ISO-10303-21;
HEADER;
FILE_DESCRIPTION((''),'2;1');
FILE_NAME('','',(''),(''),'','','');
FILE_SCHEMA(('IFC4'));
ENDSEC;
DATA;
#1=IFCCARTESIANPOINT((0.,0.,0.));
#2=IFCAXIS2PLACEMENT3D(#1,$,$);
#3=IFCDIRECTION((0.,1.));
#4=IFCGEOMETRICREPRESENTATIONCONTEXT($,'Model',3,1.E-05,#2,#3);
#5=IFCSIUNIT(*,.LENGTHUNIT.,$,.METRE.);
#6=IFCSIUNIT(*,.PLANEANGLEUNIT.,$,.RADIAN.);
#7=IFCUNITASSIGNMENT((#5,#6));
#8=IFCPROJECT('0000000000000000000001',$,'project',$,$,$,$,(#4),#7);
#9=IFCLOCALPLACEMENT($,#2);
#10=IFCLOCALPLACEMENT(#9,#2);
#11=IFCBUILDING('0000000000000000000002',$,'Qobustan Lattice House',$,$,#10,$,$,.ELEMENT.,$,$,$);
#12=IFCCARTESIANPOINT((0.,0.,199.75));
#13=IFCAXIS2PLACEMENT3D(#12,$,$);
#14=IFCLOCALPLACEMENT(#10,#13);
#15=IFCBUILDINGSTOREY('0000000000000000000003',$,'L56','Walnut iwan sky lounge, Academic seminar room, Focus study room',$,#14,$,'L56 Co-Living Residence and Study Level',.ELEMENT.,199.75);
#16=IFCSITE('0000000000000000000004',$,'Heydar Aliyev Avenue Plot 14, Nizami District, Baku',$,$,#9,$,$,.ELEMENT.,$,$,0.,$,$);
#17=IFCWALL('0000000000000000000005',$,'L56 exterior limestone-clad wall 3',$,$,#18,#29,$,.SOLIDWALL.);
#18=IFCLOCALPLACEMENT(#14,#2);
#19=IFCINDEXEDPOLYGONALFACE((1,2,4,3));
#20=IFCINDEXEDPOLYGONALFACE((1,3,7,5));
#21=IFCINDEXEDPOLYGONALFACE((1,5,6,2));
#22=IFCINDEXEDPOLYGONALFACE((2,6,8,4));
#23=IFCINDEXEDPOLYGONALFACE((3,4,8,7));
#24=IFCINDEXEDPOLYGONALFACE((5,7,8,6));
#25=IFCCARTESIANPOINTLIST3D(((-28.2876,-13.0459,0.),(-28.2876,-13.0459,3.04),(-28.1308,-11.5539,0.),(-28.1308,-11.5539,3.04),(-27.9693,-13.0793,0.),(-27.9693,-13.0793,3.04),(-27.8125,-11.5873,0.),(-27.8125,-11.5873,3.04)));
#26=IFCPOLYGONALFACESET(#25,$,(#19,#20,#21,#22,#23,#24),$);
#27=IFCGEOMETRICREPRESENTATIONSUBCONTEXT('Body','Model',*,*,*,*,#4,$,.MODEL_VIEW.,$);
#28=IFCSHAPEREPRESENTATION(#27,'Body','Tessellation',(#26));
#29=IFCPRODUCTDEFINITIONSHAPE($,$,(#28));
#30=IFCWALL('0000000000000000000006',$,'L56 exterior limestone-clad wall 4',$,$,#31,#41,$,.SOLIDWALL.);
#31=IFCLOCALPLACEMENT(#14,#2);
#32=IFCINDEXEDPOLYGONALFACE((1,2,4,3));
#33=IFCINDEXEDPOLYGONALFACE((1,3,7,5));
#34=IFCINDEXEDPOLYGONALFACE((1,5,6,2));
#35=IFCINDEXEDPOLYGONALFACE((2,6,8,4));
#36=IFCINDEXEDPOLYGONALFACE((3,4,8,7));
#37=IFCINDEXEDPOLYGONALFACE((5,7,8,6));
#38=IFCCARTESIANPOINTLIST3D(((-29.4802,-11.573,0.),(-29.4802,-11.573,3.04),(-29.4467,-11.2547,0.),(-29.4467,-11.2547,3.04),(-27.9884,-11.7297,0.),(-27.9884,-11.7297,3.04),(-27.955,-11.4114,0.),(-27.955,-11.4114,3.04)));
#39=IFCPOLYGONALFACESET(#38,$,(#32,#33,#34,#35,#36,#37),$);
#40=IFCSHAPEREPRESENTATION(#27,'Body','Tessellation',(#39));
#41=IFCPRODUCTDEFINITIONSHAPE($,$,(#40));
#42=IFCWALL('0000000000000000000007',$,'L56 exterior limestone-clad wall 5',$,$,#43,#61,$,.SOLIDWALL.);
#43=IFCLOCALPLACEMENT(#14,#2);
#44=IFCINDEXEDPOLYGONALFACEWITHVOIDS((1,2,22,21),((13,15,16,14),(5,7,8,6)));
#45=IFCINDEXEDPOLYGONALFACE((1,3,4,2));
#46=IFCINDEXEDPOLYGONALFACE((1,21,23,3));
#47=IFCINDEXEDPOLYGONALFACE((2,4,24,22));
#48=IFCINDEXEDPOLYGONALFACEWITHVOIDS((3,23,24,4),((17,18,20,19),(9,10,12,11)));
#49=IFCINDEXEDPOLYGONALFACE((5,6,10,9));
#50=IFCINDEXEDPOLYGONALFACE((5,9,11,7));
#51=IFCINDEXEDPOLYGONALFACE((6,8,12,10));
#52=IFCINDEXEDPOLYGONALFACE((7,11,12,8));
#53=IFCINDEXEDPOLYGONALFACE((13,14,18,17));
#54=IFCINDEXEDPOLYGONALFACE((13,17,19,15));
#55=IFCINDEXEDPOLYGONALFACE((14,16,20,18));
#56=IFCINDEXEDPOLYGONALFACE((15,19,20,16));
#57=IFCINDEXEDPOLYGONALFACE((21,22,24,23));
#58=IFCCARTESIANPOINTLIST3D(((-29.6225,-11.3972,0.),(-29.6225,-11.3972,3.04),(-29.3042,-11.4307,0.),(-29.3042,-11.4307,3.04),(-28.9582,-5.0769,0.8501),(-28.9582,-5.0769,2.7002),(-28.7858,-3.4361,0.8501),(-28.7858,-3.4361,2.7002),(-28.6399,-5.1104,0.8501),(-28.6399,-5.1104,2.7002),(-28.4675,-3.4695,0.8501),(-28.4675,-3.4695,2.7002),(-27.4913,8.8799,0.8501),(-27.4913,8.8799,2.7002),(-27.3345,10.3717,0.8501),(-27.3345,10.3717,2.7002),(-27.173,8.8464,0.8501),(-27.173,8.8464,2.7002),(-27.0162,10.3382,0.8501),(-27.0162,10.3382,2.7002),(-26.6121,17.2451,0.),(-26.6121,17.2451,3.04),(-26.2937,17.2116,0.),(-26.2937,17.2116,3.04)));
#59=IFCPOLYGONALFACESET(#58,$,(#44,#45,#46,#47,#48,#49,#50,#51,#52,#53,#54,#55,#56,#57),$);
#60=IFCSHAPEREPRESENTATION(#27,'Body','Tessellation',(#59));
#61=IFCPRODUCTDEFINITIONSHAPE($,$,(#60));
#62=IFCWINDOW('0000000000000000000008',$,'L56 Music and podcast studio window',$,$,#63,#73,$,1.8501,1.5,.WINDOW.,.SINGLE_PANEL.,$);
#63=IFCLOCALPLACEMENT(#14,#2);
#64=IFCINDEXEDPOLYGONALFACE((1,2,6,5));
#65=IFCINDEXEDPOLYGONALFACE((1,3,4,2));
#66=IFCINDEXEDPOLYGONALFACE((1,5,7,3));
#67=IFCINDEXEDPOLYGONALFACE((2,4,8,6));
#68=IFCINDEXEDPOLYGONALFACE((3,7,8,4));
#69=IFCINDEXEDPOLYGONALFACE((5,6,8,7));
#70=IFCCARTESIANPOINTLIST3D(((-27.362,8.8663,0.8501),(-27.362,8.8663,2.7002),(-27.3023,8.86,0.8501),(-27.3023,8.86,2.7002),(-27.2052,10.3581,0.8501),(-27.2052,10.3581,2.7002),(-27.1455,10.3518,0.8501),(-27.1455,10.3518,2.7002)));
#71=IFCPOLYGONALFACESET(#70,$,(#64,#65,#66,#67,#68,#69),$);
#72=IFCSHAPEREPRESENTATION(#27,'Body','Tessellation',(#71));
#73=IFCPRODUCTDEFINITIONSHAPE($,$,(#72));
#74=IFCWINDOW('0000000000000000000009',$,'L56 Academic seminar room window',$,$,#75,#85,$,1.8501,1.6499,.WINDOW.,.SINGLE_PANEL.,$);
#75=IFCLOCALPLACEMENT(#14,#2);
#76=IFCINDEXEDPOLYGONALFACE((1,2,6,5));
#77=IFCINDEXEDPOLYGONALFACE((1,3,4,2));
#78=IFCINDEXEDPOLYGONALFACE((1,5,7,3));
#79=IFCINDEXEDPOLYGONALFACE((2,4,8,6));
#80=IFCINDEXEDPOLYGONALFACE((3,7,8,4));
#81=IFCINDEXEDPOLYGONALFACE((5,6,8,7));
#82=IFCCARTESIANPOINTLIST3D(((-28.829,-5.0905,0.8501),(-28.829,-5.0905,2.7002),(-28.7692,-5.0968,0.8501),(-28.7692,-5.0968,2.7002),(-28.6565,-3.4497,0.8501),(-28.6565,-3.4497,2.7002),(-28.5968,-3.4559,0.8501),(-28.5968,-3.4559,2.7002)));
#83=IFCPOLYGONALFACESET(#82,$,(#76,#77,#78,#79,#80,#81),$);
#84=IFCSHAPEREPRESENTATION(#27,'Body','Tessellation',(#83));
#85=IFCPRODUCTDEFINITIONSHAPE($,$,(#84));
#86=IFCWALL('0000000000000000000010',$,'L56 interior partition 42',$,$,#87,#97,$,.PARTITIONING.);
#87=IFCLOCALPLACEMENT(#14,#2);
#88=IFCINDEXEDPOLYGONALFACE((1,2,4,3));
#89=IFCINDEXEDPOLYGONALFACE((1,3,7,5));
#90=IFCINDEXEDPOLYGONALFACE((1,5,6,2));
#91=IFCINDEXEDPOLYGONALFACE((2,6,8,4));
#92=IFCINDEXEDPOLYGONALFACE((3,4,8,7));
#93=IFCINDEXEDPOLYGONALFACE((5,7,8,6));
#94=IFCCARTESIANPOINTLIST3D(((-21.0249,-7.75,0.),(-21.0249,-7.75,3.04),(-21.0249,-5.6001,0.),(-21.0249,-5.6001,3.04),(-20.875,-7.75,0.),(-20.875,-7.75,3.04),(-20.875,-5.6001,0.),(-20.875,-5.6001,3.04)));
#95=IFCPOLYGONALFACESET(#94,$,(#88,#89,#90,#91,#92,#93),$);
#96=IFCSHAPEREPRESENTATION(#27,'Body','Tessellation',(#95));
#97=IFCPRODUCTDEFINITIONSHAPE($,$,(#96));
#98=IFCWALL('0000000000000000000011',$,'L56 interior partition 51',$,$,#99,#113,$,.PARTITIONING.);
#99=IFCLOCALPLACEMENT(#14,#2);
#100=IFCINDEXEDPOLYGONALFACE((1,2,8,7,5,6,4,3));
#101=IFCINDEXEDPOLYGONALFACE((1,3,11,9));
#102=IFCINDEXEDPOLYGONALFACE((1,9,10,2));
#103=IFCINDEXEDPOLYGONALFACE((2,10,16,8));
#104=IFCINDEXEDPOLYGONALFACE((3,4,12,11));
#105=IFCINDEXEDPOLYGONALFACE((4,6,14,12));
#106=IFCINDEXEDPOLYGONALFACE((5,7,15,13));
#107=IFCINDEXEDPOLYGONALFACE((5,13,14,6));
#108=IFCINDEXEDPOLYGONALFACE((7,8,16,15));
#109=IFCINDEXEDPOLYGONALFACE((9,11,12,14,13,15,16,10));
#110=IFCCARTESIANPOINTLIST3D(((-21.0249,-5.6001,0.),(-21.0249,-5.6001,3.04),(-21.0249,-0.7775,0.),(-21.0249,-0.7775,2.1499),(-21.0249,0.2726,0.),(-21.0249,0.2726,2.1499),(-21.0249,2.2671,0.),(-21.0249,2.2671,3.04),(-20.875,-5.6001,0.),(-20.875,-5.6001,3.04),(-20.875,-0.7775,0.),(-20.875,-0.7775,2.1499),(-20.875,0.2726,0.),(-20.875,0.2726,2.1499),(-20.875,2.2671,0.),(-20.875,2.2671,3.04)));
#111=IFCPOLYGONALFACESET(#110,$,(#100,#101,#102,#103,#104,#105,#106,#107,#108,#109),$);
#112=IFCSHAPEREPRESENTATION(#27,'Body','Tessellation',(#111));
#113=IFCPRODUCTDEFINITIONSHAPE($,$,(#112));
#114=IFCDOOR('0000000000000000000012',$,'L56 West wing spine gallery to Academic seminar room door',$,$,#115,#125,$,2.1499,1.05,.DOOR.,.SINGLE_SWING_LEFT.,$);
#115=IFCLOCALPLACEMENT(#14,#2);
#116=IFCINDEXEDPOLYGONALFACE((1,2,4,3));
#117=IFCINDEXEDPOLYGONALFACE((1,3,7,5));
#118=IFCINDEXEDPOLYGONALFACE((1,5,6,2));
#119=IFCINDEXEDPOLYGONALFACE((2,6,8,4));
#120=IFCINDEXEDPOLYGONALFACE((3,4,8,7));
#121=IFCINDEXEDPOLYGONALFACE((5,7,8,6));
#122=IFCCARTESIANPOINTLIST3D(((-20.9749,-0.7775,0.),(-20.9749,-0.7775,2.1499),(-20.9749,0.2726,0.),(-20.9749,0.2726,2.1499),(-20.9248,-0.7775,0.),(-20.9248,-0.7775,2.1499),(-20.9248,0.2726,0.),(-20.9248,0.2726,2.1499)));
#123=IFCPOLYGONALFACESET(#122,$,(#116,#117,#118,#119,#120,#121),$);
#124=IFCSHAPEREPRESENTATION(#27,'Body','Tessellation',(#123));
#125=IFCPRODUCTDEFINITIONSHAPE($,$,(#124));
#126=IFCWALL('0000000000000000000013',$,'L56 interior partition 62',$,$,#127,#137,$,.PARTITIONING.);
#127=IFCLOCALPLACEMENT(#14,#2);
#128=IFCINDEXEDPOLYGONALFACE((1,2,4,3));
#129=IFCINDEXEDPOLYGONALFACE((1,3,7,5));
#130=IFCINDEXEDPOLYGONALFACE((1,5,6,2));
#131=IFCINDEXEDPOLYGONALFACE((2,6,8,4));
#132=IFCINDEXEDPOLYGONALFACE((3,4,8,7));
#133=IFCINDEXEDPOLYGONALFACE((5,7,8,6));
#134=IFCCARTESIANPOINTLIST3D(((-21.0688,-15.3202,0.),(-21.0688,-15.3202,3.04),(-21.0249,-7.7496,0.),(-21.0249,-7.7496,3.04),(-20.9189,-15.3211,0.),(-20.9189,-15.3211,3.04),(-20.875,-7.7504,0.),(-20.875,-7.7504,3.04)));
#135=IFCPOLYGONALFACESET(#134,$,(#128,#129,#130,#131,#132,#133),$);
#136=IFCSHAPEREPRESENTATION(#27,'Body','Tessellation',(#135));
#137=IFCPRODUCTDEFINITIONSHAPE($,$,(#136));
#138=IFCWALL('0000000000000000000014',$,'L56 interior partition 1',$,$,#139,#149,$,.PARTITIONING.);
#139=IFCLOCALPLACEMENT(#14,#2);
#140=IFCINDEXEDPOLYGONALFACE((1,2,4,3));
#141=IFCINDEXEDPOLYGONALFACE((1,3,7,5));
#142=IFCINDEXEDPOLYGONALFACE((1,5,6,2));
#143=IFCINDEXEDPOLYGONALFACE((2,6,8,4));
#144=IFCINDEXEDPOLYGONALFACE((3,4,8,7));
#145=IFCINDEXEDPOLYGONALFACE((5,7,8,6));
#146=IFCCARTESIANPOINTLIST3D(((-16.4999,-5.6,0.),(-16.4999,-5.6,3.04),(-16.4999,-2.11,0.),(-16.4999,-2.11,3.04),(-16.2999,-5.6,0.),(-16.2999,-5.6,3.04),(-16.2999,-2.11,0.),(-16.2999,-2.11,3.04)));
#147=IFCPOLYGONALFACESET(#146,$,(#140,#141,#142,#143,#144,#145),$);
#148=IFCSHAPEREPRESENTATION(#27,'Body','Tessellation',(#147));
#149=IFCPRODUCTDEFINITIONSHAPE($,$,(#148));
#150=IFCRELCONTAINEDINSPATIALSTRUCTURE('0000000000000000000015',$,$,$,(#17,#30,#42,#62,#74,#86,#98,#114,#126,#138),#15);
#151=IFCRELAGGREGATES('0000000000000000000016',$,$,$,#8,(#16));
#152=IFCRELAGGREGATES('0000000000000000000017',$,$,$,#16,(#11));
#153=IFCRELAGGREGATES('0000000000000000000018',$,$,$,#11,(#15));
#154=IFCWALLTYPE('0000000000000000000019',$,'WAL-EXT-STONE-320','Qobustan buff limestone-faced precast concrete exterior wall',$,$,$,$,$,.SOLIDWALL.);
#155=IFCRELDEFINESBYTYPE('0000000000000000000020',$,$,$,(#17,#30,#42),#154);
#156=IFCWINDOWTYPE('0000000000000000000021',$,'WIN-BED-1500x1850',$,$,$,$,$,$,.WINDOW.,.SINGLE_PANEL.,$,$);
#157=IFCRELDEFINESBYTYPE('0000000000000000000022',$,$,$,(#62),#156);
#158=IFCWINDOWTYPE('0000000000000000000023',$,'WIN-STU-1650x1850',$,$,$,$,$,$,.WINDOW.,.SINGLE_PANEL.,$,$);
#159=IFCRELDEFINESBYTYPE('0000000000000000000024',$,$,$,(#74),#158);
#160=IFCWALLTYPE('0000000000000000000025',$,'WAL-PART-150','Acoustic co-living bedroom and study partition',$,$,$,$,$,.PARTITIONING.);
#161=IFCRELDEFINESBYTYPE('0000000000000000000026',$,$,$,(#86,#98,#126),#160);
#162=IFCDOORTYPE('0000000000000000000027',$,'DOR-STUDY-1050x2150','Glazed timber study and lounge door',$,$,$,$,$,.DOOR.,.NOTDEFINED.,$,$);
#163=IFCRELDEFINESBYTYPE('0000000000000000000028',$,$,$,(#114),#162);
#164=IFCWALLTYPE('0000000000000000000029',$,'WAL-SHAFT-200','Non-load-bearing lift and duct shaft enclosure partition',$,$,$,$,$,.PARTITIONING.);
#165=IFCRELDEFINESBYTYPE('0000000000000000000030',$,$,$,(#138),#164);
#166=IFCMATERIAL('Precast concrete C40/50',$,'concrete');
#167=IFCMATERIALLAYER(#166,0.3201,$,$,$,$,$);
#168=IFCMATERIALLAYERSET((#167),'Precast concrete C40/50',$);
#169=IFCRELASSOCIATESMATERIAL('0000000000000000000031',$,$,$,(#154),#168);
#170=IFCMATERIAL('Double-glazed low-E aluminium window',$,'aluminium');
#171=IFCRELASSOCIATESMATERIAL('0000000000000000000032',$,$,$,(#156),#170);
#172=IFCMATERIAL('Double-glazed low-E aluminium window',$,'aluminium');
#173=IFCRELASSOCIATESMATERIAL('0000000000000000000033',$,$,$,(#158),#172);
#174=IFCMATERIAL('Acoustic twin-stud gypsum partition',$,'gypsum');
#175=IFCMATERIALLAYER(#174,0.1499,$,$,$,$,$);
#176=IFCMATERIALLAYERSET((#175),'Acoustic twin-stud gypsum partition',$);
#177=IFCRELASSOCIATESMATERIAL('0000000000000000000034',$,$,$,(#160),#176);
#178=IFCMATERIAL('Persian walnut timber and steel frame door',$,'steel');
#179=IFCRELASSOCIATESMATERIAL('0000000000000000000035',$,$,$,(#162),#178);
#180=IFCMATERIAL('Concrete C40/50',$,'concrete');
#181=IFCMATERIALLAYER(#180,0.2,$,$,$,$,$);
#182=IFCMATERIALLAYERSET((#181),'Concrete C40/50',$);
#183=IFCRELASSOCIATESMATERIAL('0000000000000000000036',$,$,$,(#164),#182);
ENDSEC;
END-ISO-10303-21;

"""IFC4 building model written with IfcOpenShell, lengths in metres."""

from ifc_helpers import new_model, si_unit, direction, frame, frame_2d, origin, place, context, subcontext, project, spatial, rectangle, extrude, material, layer, layer_set, type_object, element, fill, save


model = new_model("IFC4")

# Units and contexts
model_context = context("Model", 3, precision=1e-05, world=origin(), true_north=direction((0.0, 1.0)))
body_context = subcontext(model_context, "Body", "Model", "MODEL_VIEW")
ifc_project = project(units=[si_unit("LENGTHUNIT", "METRE"), si_unit("PLANEANGLEUNIT", "RADIAN")], contexts=[model_context])

# Site, building, storey
site_placement = place(None, origin())
site = spatial("IfcSite", under=ifc_project, at=site_placement, Name="Heydar Aliyev Avenue Plot 14, Nizami District, Baku", CompositionType="ELEMENT", RefElevation=0.0)
building_placement = place(site_placement, origin())
building = spatial("IfcBuilding", under=site, at=building_placement, Name="Qobustan Lattice House", CompositionType="ELEMENT")
storey_placement = place(building_placement, frame((0.0, 0.0, 199.75)))
storey = spatial("IfcBuildingStorey", under=building, at=storey_placement, Name="L56", Description="Walnut iwan sky lounge, Academic seminar room, Focus study room", LongName="L56 Co-Living Residence and Study Level", CompositionType="ELEMENT", Elevation=199.75)

# Walls
ifc_material_1 = material(Name="Precast concrete C40/50", Category="concrete")
ifc_layer_1 = layer(ifc_material_1, 0.3201)
ifc_layer_set_1 = layer_set([ifc_layer_1], Name="Precast concrete C40/50")
wall_type_1 = type_object("IfcWallType", Name="WAL-EXT-STONE-320", Description="Qobustan buff limestone-faced precast concrete exterior wall", PredefinedType="SOLIDWALL", material=ifc_layer_set_1)
wall_1_placement = place(storey_placement, frame((-28.1284, -13.0625, 0.0), z_axis=(0.0, 0.0, 1.0), x_axis=(0.104481, 0.994527, 0.0)))
element("IfcWall", 1, at=wall_1_placement, inside=storey, type_object=wall_type_1, Name="L56 exterior limestone-clad wall 3", PredefinedType="SOLIDWALL", context=body_context, shape_type="SweptSolid", body=[
    extrude(rectangle(XDim=1.5002, YDim=0.3201, at=frame_2d((0.75, 0.0))), origin(), (0.0, 0.0, 1.0), 3.04),
])
wall_2_placement = place(storey_placement, frame((-27.9717, -11.5706, 0.0), z_axis=(0.0, 0.0, 1.0), x_axis=(-0.994525, 0.104498, 0.0)))
element("IfcWall", 2, at=wall_2_placement, inside=storey, type_object=wall_type_1, Name="L56 exterior limestone-clad wall 4", PredefinedType="SOLIDWALL", context=body_context, shape_type="SweptSolid", body=[
    extrude(rectangle(XDim=1.5, YDim=0.3201, at=frame_2d((0.75, 0.0))), origin(), (0.0, 0.0, 1.0), 3.04),
])

# Wall, openings, windows
wall_3_placement = place(storey_placement, frame((-29.4634, -11.4138, 0.0), z_axis=(0.0, 0.0, 1.0), x_axis=(0.104531, 0.994522, 0.0)))
wall_3 = element("IfcWall", 3, at=wall_3_placement, inside=storey, type_object=wall_type_1, Name="L56 exterior limestone-clad wall 5", PredefinedType="SOLIDWALL", context=body_context, shape_type="SweptSolid", body=[
    extrude(rectangle(XDim=28.8, YDim=0.3201, at=frame_2d((14.3999, 0.0))), origin(), (0.0, 0.0, 1.0), 3.04),
])
opening_1_placement = place(wall_3_placement, frame((6.355, 0.0, 0.8501)))
opening_1 = element("IfcOpeningElement", 4, at=opening_1_placement, cuts=wall_3, PredefinedType="OPENING", context=body_context, shape_type="SweptSolid", body=[
    extrude(rectangle(XDim=1.6499, YDim=1.8501, at=frame_2d((0.825, 0.925))), frame((0.0, 0.1699, 0.0), z_axis=(0.0, -1.0, 0.0), x_axis=(1.0, 0.0, 0.0)), (0.0, 0.0, 1.0), 0.3401),
])
opening_2_placement = place(wall_3_placement, frame((20.3887, 0.0, 0.8501)))
opening_2 = element("IfcOpeningElement", 5, at=opening_2_placement, cuts=wall_3, PredefinedType="OPENING", context=body_context, shape_type="SweptSolid", body=[
    extrude(rectangle(XDim=1.5, YDim=1.8501, at=frame_2d((0.75, 0.925))), frame((0.0, 0.1699, 0.0), z_axis=(0.0, -1.0, 0.0), x_axis=(1.0, 0.0, 0.0)), (0.0, 0.0, 1.0), 0.3401),
])
ifc_material_2 = material(Name="Double-glazed low-E aluminium window", Category="aluminium")
window_type_1 = type_object("IfcWindowType", Name="WIN-BED-1500x1850", PartitioningType="SINGLE_PANEL", PredefinedType="WINDOW", material=ifc_material_2)
window_1_placement = place(opening_2_placement, origin())
window_1 = element("IfcWindow", 6, at=window_1_placement, inside=storey, type_object=window_type_1, Name="L56 Music and podcast studio window", OverallHeight=1.8501, OverallWidth=1.5, PartitioningType="SINGLE_PANEL", PredefinedType="WINDOW", context=body_context, shape_type="SweptSolid", body=[
    extrude(rectangle(XDim=1.5, YDim=1.8501, at=frame_2d((0.75, 0.925))), frame((0.0, 0.03, 0.0), z_axis=(0.0, -1.0, 0.0), x_axis=(1.0, 0.0, 0.0)), (0.0, 0.0, 1.0), 0.0601),
])
fill(opening_2, window_1)
ifc_material_3 = material(Name="Double-glazed low-E aluminium window", Category="aluminium")
window_type_2 = type_object("IfcWindowType", Name="WIN-STU-1650x1850", PartitioningType="SINGLE_PANEL", PredefinedType="WINDOW", material=ifc_material_3)
window_2_placement = place(opening_1_placement, origin())
window_2 = element("IfcWindow", 7, at=window_2_placement, inside=storey, type_object=window_type_2, Name="L56 Academic seminar room window", OverallHeight=1.8501, OverallWidth=1.6499, PartitioningType="SINGLE_PANEL", PredefinedType="WINDOW", context=body_context, shape_type="SweptSolid", body=[
    extrude(rectangle(XDim=1.6499, YDim=1.8501, at=frame_2d((0.825, 0.925))), frame((0.0, 0.03, 0.0), z_axis=(0.0, -1.0, 0.0), x_axis=(1.0, 0.0, 0.0)), (0.0, 0.0, 1.0), 0.0601),
])
fill(opening_1, window_2)

# Wall
ifc_material_4 = material(Name="Acoustic twin-stud gypsum partition", Category="gypsum")
ifc_layer_2 = layer(ifc_material_4, 0.1499)
ifc_layer_set_2 = layer_set([ifc_layer_2], Name="Acoustic twin-stud gypsum partition")
wall_type_2 = type_object("IfcWallType", Name="WAL-PART-150", Description="Acoustic co-living bedroom and study partition", PredefinedType="PARTITIONING", material=ifc_layer_set_2)
wall_4_placement = place(storey_placement, frame((-20.95, -7.75, 0.0), z_axis=(0.0, 0.0, 1.0), x_axis=(0.0, 1.0, 0.0)))
element("IfcWall", 8, at=wall_4_placement, inside=storey, type_object=wall_type_2, Name="L56 interior partition 42", PredefinedType="PARTITIONING", context=body_context, shape_type="SweptSolid", body=[
    extrude(rectangle(XDim=2.1499, YDim=0.1499, at=frame_2d((1.075, 0.0))), origin(), (0.0, 0.0, 1.0), 3.04),
])

# Wall, opening, door
wall_5_placement = place(storey_placement, frame((-20.95, -5.6001, 0.0), z_axis=(0.0, 0.0, 1.0), x_axis=(0.0, 1.0, 0.0)))
wall_5 = element("IfcWall", 9, at=wall_5_placement, inside=storey, type_object=wall_type_2, Name="L56 interior partition 51", PredefinedType="PARTITIONING", context=body_context, shape_type="SweptSolid", body=[
    extrude(rectangle(XDim=7.8672, YDim=0.1499, at=frame_2d((3.9336, 0.0))), origin(), (0.0, 0.0, 1.0), 3.04),
])
opening_3_placement = place(wall_5_placement, frame((4.8228, 0.0, 0.0)))
opening_3 = element("IfcOpeningElement", 10, at=opening_3_placement, cuts=wall_5, PredefinedType="OPENING", context=body_context, shape_type="SweptSolid", body=[
    extrude(rectangle(XDim=1.05, YDim=2.1499, at=frame_2d((0.5249, 1.075))), frame((0.0, 0.085, 0.0), z_axis=(0.0, -1.0, 0.0), x_axis=(1.0, 0.0, 0.0)), (0.0, 0.0, 1.0), 0.1699),
])
ifc_material_5 = material(Name="Persian walnut timber and steel frame door", Category="steel")
door_type_1 = type_object("IfcDoorType", Name="DOR-STUDY-1050x2150", Description="Glazed timber study and lounge door", OperationType="NOTDEFINED", PredefinedType="DOOR", material=ifc_material_5)
door_1_placement = place(opening_3_placement, origin())
door_1 = element("IfcDoor", 11, at=door_1_placement, inside=storey, type_object=door_type_1, Name="L56 West wing spine gallery to Academic seminar room door", OperationType="SINGLE_SWING_LEFT", OverallHeight=2.1499, OverallWidth=1.05, PredefinedType="DOOR", context=body_context, shape_type="SweptSolid", body=[
    extrude(rectangle(XDim=1.05, YDim=2.1499, at=frame_2d((0.5249, 1.075))), frame((0.0, 0.0249, 0.0), z_axis=(0.0, -1.0, 0.0), x_axis=(1.0, 0.0, 0.0)), (0.0, 0.0, 1.0), 0.05),
])
fill(opening_3, door_1)

# Walls
wall_6_placement = place(storey_placement, frame((-20.95, -7.75, 0.0), z_axis=(0.0, 0.0, 1.0), x_axis=(-0.005805, -0.999983, 0.0)))
element("IfcWall", 12, at=wall_6_placement, inside=storey, type_object=wall_type_2, Name="L56 interior partition 62", PredefinedType="PARTITIONING", context=body_context, shape_type="SweptSolid", body=[
    extrude(rectangle(XDim=7.5708, YDim=0.1499, at=frame_2d((3.7854, 0.0))), origin(), (0.0, 0.0, 1.0), 3.04),
])
ifc_material_6 = material(Name="Concrete C40/50", Category="concrete")
ifc_layer_3 = layer(ifc_material_6, 0.2)
ifc_layer_set_3 = layer_set([ifc_layer_3], Name="Concrete C40/50")
wall_type_3 = type_object("IfcWallType", Name="WAL-SHAFT-200", Description="Non-load-bearing lift and duct shaft enclosure partition", PredefinedType="PARTITIONING", material=ifc_layer_set_3)
wall_7_placement = place(storey_placement, frame((-16.3999, -5.6001, 0.0), z_axis=(0.0, 0.0, 1.0), x_axis=(0.0, 1.0, 0.0)))
element("IfcWall", 13, at=wall_7_placement, inside=storey, type_object=wall_type_3, Name="L56 interior partition 1", PredefinedType="PARTITIONING", context=body_context, shape_type="SweptSolid", body=[
    extrude(rectangle(XDim=3.49, YDim=0.2, at=frame_2d((1.7451, 0.0))), origin(), (0.0, 0.0, 1.0), 3.04),
])

save(model, "model.ifc")
